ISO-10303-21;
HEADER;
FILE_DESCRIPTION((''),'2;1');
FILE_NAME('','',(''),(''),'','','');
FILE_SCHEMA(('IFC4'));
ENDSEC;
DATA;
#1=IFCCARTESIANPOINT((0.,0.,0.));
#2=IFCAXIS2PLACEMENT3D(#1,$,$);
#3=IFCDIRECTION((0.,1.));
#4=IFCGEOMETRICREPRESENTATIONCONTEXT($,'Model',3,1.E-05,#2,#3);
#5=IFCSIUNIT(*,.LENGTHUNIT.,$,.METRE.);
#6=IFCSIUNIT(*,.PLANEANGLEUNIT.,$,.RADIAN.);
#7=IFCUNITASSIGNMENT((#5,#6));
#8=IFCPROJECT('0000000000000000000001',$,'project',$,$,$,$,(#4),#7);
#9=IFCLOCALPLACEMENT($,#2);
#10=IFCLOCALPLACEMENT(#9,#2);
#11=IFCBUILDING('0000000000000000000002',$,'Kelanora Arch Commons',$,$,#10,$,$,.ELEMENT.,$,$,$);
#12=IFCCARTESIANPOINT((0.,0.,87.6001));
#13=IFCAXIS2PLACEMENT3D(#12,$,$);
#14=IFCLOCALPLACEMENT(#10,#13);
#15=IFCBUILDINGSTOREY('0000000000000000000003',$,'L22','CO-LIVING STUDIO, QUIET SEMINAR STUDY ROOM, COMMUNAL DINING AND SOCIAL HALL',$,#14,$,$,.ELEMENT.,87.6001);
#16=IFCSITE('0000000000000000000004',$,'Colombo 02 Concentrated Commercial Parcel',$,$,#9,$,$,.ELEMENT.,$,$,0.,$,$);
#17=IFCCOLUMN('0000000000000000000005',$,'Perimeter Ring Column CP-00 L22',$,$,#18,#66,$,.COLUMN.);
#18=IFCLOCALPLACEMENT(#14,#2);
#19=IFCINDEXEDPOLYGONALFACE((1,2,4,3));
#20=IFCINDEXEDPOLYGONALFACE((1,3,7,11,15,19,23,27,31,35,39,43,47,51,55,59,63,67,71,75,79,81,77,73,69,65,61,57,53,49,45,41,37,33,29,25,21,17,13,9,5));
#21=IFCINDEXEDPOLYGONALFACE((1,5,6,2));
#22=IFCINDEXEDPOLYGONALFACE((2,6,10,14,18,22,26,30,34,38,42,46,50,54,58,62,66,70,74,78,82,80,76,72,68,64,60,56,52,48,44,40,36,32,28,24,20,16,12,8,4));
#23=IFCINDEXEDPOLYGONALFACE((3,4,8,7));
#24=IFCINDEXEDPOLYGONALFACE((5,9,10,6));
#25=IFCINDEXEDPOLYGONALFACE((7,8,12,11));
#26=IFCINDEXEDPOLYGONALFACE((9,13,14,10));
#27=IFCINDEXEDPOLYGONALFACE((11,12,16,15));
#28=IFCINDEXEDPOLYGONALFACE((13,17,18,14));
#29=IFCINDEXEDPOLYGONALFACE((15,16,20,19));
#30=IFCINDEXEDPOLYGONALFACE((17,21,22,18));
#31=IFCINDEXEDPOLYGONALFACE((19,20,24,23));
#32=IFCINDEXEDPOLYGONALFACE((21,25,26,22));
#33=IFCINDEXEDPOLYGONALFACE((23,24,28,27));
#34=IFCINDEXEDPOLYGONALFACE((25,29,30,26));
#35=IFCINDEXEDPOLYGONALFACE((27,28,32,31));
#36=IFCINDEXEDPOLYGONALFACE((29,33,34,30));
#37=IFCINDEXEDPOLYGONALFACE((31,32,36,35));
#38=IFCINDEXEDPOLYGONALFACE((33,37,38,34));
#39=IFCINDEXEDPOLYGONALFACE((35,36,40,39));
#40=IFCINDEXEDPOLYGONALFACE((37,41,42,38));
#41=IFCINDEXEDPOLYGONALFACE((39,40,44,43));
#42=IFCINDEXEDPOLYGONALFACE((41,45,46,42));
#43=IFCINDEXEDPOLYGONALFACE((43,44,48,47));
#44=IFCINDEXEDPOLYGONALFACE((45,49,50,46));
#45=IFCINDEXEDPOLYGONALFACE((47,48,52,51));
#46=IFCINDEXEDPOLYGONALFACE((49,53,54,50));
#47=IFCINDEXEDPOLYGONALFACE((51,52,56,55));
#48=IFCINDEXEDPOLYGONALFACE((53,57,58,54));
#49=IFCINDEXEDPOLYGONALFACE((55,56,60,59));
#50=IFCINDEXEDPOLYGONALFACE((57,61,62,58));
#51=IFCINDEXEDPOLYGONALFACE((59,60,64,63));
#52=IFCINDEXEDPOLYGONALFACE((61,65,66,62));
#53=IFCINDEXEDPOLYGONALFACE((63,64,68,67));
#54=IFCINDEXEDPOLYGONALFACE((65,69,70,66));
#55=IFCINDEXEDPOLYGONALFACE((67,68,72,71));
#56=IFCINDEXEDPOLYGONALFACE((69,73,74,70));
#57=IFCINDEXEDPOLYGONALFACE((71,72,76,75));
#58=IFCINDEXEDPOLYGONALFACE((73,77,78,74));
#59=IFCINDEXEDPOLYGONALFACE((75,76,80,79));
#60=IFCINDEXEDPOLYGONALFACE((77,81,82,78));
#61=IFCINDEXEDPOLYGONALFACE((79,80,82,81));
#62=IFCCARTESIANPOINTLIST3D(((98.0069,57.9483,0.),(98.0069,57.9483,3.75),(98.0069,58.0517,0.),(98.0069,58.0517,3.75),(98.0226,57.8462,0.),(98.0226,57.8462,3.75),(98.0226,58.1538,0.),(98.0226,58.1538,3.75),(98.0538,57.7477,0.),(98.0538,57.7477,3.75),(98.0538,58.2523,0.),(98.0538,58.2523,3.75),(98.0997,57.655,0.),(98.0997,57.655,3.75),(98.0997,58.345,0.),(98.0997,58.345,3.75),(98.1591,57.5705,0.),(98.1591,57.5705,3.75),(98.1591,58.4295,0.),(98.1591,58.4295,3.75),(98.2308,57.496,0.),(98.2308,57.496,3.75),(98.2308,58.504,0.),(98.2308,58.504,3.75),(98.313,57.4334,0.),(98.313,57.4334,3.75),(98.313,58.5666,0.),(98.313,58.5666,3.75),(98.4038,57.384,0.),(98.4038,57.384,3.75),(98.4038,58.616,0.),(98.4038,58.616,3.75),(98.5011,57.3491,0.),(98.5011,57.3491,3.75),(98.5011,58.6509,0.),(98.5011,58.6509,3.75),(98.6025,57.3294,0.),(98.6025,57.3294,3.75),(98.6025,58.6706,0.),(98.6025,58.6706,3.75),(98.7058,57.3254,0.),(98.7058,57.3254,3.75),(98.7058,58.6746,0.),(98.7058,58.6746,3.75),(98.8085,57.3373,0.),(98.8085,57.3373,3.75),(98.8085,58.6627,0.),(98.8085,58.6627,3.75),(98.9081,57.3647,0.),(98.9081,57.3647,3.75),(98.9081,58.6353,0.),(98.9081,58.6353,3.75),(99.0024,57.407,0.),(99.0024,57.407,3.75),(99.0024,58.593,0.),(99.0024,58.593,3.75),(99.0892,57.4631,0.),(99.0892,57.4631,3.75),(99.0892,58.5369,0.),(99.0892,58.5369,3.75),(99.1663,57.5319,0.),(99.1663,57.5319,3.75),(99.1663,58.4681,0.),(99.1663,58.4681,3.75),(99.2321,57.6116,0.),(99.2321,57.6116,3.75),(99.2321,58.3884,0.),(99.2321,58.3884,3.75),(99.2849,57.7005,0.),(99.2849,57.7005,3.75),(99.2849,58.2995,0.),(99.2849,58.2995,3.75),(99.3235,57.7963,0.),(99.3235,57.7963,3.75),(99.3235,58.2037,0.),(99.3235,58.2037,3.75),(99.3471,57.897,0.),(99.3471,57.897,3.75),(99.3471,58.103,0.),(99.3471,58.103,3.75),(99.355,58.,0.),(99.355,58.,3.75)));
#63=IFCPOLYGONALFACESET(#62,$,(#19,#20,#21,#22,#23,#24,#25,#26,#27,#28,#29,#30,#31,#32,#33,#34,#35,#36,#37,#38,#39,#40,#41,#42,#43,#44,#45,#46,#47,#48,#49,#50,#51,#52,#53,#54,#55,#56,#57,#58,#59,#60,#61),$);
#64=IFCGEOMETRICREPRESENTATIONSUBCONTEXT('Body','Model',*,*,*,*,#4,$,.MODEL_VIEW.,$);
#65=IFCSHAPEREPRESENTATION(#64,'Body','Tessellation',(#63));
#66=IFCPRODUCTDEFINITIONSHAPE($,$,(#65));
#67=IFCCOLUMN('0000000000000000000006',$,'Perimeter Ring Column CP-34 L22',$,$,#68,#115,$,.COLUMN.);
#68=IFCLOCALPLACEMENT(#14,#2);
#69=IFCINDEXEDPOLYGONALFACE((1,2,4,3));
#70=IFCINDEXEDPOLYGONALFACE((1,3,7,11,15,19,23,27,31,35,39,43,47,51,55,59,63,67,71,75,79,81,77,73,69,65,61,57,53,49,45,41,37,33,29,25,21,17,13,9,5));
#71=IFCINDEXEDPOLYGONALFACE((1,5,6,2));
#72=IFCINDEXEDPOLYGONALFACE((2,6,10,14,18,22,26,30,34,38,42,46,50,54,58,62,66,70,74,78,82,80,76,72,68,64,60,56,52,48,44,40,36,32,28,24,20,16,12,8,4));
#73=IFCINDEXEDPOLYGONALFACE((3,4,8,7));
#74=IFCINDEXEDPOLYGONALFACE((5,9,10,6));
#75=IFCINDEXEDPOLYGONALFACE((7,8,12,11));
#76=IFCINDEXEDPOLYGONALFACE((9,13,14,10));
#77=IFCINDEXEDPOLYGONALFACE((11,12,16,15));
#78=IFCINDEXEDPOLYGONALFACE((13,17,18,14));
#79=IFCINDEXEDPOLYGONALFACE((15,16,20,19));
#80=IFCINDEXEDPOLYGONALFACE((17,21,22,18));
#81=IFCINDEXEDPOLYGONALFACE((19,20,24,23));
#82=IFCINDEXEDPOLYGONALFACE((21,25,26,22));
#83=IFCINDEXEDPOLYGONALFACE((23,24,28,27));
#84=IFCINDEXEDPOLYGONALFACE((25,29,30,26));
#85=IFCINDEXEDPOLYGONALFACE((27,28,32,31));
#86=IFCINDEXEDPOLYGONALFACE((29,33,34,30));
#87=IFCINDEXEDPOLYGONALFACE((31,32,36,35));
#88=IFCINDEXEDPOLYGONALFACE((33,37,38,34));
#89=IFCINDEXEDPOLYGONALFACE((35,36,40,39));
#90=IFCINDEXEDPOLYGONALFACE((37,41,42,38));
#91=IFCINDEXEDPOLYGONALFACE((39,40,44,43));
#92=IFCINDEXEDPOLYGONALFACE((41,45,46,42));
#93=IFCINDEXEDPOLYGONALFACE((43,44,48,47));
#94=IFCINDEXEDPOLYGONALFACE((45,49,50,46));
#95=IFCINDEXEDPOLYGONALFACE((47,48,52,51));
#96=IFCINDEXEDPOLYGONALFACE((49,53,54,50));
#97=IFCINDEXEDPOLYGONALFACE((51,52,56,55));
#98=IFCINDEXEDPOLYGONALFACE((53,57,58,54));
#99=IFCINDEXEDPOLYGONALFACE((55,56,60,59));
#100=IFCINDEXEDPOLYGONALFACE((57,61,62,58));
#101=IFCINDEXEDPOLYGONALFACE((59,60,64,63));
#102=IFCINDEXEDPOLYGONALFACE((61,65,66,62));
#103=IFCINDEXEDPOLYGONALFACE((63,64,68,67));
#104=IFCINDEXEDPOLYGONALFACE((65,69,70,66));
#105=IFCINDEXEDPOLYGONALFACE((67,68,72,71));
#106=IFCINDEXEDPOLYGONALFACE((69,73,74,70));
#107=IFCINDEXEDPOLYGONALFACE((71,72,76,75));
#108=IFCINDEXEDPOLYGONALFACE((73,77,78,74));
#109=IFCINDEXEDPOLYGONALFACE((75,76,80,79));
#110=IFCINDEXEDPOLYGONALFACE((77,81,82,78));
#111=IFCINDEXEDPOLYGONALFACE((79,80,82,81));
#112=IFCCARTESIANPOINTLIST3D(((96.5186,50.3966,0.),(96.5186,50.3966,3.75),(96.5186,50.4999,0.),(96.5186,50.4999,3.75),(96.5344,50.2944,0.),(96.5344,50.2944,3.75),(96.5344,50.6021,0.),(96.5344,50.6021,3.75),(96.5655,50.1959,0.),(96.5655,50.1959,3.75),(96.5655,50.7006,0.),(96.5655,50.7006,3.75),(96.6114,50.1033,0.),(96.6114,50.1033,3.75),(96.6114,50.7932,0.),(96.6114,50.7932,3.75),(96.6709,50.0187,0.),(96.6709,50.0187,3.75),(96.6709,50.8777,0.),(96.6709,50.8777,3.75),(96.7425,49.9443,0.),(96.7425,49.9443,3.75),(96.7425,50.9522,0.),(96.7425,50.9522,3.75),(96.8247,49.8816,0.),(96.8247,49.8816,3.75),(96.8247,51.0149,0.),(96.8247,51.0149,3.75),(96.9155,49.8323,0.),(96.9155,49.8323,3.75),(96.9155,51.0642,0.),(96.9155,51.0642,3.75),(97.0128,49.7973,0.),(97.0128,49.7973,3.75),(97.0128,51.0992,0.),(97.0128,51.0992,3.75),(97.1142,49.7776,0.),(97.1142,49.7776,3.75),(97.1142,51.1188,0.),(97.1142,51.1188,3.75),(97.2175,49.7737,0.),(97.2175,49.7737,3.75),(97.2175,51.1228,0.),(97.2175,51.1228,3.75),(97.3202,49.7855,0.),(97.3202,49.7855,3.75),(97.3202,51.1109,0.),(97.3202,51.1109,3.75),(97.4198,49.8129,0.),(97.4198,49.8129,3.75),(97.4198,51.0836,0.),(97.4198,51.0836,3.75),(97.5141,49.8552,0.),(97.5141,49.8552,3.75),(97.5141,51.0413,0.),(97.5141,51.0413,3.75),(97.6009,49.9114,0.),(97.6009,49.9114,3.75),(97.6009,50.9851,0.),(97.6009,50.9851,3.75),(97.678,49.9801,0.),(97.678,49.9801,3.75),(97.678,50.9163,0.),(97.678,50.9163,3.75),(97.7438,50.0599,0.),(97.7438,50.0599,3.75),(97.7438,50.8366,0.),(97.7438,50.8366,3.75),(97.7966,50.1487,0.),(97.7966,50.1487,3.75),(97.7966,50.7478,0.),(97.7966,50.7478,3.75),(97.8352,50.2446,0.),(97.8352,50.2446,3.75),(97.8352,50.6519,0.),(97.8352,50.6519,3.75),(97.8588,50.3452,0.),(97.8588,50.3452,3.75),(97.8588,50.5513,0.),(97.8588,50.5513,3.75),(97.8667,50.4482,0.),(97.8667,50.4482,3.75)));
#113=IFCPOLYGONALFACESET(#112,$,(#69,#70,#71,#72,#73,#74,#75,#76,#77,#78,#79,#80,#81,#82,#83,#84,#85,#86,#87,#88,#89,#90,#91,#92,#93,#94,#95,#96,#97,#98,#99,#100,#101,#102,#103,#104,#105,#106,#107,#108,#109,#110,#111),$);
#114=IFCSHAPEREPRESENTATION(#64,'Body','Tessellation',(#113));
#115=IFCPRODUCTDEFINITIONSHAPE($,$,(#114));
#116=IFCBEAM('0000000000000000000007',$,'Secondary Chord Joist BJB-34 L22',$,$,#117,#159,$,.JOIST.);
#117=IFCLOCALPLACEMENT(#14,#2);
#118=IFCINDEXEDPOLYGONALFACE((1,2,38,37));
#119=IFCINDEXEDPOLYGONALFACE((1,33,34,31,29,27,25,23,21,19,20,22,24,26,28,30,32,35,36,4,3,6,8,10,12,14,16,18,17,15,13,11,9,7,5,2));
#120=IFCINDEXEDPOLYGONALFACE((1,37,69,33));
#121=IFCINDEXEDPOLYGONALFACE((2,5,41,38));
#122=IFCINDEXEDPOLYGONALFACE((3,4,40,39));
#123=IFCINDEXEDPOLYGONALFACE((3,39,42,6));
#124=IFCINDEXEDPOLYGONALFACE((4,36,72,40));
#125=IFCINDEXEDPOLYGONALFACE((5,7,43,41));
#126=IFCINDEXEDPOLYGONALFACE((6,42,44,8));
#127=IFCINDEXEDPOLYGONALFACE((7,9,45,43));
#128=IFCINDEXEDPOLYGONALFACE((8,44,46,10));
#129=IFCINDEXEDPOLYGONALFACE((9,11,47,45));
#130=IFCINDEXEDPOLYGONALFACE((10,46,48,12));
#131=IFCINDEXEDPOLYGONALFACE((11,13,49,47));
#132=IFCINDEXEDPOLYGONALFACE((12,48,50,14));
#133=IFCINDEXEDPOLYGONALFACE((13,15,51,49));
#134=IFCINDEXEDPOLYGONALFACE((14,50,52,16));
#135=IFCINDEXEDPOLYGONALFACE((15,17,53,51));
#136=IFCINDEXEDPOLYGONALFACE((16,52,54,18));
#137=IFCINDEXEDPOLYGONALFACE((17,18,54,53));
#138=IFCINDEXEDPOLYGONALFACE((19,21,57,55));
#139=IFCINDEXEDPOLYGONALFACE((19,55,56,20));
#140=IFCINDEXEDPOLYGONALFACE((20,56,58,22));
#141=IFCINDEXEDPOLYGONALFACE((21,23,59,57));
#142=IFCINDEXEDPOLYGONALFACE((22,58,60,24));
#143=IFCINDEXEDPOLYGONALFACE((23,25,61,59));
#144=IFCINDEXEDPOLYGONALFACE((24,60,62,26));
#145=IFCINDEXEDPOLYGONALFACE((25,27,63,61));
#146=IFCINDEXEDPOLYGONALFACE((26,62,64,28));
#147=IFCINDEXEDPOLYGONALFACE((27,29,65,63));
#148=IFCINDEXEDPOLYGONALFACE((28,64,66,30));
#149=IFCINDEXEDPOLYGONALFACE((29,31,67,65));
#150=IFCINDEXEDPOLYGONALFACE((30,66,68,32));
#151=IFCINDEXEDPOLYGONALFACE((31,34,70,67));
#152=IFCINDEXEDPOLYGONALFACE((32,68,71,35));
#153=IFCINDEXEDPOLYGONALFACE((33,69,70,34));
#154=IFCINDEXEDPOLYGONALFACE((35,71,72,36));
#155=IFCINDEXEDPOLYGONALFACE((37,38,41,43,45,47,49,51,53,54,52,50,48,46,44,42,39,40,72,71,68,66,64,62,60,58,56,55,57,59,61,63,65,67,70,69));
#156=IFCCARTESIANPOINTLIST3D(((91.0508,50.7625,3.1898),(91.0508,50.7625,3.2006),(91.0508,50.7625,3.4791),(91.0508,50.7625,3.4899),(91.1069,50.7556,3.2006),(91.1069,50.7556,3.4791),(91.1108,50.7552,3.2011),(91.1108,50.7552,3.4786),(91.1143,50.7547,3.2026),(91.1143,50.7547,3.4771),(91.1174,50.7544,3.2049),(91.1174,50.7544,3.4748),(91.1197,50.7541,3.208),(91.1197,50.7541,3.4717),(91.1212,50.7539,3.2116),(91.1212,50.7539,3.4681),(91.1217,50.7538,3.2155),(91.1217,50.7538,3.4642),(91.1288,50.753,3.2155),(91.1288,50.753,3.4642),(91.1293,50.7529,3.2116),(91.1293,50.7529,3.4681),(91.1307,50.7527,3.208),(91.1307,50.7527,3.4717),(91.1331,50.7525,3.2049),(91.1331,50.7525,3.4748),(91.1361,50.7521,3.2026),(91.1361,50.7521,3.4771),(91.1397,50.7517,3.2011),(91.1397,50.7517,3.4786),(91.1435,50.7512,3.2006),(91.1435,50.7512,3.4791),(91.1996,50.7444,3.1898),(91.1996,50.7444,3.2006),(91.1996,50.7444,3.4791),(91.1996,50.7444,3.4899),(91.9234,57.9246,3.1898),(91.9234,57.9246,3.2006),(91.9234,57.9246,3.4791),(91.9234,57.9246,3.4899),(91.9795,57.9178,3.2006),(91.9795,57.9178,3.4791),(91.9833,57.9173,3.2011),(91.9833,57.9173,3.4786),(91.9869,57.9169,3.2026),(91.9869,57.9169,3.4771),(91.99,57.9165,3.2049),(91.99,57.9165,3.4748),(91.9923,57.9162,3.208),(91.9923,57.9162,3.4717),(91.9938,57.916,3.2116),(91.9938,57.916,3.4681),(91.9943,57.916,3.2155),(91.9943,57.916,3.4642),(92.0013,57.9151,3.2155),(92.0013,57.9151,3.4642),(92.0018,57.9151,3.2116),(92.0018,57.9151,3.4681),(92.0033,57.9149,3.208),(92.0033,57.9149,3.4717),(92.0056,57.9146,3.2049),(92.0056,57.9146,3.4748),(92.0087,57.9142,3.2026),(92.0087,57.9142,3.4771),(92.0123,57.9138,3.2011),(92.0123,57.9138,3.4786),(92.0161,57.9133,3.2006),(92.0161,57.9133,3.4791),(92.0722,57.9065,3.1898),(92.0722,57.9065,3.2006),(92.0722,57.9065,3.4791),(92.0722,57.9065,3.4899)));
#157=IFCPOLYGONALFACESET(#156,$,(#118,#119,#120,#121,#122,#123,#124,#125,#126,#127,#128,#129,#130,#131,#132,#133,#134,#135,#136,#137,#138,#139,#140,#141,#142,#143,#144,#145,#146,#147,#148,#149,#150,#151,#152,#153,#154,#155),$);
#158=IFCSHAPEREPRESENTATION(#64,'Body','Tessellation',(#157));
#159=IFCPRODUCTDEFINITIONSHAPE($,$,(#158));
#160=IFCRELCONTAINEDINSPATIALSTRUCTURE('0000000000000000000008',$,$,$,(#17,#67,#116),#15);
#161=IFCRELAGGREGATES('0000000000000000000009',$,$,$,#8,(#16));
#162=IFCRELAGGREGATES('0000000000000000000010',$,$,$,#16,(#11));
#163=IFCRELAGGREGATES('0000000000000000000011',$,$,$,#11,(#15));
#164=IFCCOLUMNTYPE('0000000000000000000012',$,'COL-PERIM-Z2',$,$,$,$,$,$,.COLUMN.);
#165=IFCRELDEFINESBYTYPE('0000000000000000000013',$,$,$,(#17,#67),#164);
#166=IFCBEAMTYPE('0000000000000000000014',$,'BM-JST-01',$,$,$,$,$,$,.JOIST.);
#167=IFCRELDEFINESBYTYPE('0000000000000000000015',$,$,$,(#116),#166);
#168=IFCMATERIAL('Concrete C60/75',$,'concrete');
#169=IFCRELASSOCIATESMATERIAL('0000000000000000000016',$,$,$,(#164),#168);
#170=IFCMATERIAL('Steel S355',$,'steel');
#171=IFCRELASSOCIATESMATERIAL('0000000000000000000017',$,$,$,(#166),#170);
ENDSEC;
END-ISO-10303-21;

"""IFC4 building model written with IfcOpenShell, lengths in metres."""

from ifc_helpers import new_model, si_unit, direction, frame, origin, origin_2d, place, context, subcontext, project, spatial, circle, i_section, extrude, material, material_profile, profile_set, type_object, element, save


model = new_model("IFC4")

# Units and contexts
model_context = context("Model", 3, precision=1e-05, world=origin(), true_north=direction((0.0, 1.0)))
body_context = subcontext(model_context, "Body", "Model", "MODEL_VIEW")
ifc_project = project(units=[si_unit("LENGTHUNIT", "METRE"), si_unit("PLANEANGLEUNIT", "RADIAN")], contexts=[model_context])

# Site, building, storey
site_placement = place(None, origin())
site = spatial("IfcSite", under=ifc_project, at=site_placement, Name="Colombo 02 Concentrated Commercial Parcel", CompositionType="ELEMENT", RefElevation=0.0)
building_placement = place(site_placement, origin())
building = spatial("IfcBuilding", under=site, at=building_placement, Name="Kelanora Arch Commons", CompositionType="ELEMENT")
storey_placement = place(building_placement, frame((0.0, 0.0, 87.6001)))
storey = spatial("IfcBuildingStorey", under=building, at=storey_placement, Name="L22", Description="CO-LIVING STUDIO, QUIET SEMINAR STUDY ROOM, COMMUNAL DINING AND SOCIAL HALL", CompositionType="ELEMENT", Elevation=87.6001)

# Columns
ifc_material_1 = material(Name="Concrete C60/75", Category="concrete")
ifc_material_profile_1 = material_profile(ifc_material_1, circle(Radius=0.675, at=origin_2d()), Name="RCC1350")
ifc_profile_set_1 = profile_set([ifc_material_profile_1], Name="Concrete C60/75")
column_type = type_object("IfcColumnType", Name="COL-PERIM-Z2", PredefinedType="COLUMN", material=ifc_profile_set_1)
for number, where, z_axis, x_axis, name in (
    (1, (98.6799, 58.0, 0.0), (0.0, 0.0, 1.0), (1.0, 0.0, 0.0), "Perimeter Ring Column CP-00 L22"),
    (2, (97.1917, 50.4482, 0.0), (0.0, 0.0, 1.0), (1.0, 0.0, 0.0), "Perimeter Ring Column CP-34 L22"),
):
    element("IfcColumn", number, at=place(storey_placement, frame(where, z_axis=z_axis, x_axis=x_axis)), inside=storey, type_object=column_type, Name=name, PredefinedType="COLUMN", context=body_context, shape_type="SweptSolid", body=[
        extrude(circle(Radius=0.675, at=origin_2d()), origin(), (0.0, 0.0, 1.0), 3.75),
    ])

# Beam
ifc_material_2 = material(Name="Steel S355", Category="steel")
ifc_material_profile_2 = material_profile(ifc_material_2, i_section(OverallWidth=0.1499, OverallDepth=0.3, WebThickness=0.0071, FlangeThickness=0.0107, FilletRadius=0.0149, at=origin_2d()), Name="IPE300")
ifc_profile_set_2 = profile_set([ifc_material_profile_2], Name="Steel S355")
beam_type_1 = type_object("IfcBeamType", Name="BM-JST-01", PredefinedType="JOIST", material=ifc_profile_set_2)
beam_1_placement = place(storey_placement, frame((91.1252, 50.7534, 3.3398), z_axis=(0.120936, 0.99266, 0.0), x_axis=(-0.99266, 0.120936, 0.0)))
element("IfcBeam", 3, at=beam_1_placement, inside=storey, type_object=beam_type_1, Name="Secondary Chord Joist BJB-34 L22", PredefinedType="JOIST", context=body_context, shape_type="SweptSolid", body=[
    extrude(i_section(OverallWidth=0.1499, OverallDepth=0.3, WebThickness=0.0071, FlangeThickness=0.0107, FilletRadius=0.0149, at=origin_2d()), origin(), (0.0, 0.0, 1.0), 7.2151),
])

save(model, "model.ifc")
